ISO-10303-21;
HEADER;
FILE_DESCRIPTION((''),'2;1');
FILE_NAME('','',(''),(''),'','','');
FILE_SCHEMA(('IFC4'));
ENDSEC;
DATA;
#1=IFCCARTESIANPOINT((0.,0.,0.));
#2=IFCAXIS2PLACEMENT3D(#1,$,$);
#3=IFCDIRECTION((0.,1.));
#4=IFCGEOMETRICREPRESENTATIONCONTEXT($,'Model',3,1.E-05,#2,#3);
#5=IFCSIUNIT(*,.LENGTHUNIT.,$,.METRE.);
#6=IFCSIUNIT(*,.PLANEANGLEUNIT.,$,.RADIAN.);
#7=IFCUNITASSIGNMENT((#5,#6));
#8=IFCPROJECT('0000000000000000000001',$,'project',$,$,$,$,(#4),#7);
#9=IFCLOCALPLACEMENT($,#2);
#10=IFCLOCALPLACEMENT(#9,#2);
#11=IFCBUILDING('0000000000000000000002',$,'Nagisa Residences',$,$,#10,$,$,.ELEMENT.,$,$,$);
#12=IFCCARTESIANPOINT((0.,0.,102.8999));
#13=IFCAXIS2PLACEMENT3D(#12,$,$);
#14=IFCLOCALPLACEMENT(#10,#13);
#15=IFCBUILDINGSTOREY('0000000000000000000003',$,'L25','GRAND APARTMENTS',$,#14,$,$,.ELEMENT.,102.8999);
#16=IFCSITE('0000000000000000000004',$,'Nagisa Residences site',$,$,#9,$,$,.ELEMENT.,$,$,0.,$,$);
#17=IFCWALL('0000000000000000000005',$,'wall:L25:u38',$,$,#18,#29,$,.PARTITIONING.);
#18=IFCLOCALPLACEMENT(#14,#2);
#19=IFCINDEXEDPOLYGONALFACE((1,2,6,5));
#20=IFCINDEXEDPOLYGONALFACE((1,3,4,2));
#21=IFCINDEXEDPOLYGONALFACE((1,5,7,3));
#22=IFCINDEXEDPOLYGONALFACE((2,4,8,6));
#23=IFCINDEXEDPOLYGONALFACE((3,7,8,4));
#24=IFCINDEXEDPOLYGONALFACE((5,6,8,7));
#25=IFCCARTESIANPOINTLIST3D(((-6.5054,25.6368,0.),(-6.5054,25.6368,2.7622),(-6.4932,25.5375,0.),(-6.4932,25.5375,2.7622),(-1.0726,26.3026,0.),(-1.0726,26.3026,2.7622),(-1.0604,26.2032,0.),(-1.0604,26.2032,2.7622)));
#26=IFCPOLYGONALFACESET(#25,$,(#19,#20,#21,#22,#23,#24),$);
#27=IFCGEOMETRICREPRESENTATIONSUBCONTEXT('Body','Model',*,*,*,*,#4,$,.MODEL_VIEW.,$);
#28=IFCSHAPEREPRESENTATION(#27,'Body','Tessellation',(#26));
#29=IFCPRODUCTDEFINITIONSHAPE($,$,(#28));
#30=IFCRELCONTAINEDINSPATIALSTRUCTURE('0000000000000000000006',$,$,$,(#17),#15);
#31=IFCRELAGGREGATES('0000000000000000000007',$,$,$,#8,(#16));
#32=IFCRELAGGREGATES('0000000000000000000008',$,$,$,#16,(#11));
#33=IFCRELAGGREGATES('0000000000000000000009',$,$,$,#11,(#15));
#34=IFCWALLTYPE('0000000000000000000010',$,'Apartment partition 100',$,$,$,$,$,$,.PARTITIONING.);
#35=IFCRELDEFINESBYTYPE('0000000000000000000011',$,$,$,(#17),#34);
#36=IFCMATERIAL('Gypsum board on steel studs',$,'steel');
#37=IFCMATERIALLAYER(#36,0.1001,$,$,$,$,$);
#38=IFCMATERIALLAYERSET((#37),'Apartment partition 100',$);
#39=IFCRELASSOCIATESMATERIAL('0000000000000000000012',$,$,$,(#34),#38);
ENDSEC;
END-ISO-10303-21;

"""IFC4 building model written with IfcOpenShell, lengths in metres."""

from ifc_helpers import new_model, si_unit, direction, frame, frame_2d, origin, place, context, subcontext, project, spatial, rectangle, extrude, material, layer, layer_set, type_object, element, save


model = new_model("IFC4")

# Units and contexts
model_context = context("Model", 3, precision=1e-05, world=origin(), true_north=direction((0.0, 1.0)))
body_context = subcontext(model_context, "Body", "Model", "MODEL_VIEW")
ifc_project = project(units=[si_unit("LENGTHUNIT", "METRE"), si_unit("PLANEANGLEUNIT", "RADIAN")], contexts=[model_context])

# Site, building, storey
site_placement = place(None, origin())
site = spatial("IfcSite", under=ifc_project, at=site_placement, Name="Nagisa Residences site", CompositionType="ELEMENT", RefElevation=0.0)
building_placement = place(site_placement, origin())
building = spatial("IfcBuilding", under=site, at=building_placement, Name="Nagisa Residences", CompositionType="ELEMENT")
storey_placement = place(building_placement, frame((0.0, 0.0, 102.8999)))
storey = spatial("IfcBuildingStorey", under=building, at=storey_placement, Name="L25", Description="GRAND APARTMENTS", CompositionType="ELEMENT", Elevation=102.8999)

# Shared definitions
ifc_material_1 = material(Name="Gypsum board on steel studs", Category="steel")
ifc_layer_1 = layer(ifc_material_1, 0.1001)
ifc_layer_set_1 = layer_set([ifc_layer_1], Name="Apartment partition 100")
wall_type_1 = type_object("IfcWallType", Name="Apartment partition 100", PredefinedType="PARTITIONING", material=ifc_layer_set_1)

# Wall
wall_1_placement = place(storey_placement, frame((-1.0664, 26.2529, 0.0), z_axis=(0.0, 0.0, 1.0), x_axis=(-0.992575, -0.121635, 0.0)))
element("IfcWall", 1, at=wall_1_placement, inside=storey, type_object=wall_type_1, Name="wall:L25:u38", PredefinedType="PARTITIONING", context=body_context, shape_type="SweptSolid", body=[
    extrude(rectangle(XDim=5.4734, YDim=0.1001, at=frame_2d((2.7368, 0.0))), origin(), (0.0, 0.0, 1.0), 2.7622),
])

save(model, "model.ifc")
